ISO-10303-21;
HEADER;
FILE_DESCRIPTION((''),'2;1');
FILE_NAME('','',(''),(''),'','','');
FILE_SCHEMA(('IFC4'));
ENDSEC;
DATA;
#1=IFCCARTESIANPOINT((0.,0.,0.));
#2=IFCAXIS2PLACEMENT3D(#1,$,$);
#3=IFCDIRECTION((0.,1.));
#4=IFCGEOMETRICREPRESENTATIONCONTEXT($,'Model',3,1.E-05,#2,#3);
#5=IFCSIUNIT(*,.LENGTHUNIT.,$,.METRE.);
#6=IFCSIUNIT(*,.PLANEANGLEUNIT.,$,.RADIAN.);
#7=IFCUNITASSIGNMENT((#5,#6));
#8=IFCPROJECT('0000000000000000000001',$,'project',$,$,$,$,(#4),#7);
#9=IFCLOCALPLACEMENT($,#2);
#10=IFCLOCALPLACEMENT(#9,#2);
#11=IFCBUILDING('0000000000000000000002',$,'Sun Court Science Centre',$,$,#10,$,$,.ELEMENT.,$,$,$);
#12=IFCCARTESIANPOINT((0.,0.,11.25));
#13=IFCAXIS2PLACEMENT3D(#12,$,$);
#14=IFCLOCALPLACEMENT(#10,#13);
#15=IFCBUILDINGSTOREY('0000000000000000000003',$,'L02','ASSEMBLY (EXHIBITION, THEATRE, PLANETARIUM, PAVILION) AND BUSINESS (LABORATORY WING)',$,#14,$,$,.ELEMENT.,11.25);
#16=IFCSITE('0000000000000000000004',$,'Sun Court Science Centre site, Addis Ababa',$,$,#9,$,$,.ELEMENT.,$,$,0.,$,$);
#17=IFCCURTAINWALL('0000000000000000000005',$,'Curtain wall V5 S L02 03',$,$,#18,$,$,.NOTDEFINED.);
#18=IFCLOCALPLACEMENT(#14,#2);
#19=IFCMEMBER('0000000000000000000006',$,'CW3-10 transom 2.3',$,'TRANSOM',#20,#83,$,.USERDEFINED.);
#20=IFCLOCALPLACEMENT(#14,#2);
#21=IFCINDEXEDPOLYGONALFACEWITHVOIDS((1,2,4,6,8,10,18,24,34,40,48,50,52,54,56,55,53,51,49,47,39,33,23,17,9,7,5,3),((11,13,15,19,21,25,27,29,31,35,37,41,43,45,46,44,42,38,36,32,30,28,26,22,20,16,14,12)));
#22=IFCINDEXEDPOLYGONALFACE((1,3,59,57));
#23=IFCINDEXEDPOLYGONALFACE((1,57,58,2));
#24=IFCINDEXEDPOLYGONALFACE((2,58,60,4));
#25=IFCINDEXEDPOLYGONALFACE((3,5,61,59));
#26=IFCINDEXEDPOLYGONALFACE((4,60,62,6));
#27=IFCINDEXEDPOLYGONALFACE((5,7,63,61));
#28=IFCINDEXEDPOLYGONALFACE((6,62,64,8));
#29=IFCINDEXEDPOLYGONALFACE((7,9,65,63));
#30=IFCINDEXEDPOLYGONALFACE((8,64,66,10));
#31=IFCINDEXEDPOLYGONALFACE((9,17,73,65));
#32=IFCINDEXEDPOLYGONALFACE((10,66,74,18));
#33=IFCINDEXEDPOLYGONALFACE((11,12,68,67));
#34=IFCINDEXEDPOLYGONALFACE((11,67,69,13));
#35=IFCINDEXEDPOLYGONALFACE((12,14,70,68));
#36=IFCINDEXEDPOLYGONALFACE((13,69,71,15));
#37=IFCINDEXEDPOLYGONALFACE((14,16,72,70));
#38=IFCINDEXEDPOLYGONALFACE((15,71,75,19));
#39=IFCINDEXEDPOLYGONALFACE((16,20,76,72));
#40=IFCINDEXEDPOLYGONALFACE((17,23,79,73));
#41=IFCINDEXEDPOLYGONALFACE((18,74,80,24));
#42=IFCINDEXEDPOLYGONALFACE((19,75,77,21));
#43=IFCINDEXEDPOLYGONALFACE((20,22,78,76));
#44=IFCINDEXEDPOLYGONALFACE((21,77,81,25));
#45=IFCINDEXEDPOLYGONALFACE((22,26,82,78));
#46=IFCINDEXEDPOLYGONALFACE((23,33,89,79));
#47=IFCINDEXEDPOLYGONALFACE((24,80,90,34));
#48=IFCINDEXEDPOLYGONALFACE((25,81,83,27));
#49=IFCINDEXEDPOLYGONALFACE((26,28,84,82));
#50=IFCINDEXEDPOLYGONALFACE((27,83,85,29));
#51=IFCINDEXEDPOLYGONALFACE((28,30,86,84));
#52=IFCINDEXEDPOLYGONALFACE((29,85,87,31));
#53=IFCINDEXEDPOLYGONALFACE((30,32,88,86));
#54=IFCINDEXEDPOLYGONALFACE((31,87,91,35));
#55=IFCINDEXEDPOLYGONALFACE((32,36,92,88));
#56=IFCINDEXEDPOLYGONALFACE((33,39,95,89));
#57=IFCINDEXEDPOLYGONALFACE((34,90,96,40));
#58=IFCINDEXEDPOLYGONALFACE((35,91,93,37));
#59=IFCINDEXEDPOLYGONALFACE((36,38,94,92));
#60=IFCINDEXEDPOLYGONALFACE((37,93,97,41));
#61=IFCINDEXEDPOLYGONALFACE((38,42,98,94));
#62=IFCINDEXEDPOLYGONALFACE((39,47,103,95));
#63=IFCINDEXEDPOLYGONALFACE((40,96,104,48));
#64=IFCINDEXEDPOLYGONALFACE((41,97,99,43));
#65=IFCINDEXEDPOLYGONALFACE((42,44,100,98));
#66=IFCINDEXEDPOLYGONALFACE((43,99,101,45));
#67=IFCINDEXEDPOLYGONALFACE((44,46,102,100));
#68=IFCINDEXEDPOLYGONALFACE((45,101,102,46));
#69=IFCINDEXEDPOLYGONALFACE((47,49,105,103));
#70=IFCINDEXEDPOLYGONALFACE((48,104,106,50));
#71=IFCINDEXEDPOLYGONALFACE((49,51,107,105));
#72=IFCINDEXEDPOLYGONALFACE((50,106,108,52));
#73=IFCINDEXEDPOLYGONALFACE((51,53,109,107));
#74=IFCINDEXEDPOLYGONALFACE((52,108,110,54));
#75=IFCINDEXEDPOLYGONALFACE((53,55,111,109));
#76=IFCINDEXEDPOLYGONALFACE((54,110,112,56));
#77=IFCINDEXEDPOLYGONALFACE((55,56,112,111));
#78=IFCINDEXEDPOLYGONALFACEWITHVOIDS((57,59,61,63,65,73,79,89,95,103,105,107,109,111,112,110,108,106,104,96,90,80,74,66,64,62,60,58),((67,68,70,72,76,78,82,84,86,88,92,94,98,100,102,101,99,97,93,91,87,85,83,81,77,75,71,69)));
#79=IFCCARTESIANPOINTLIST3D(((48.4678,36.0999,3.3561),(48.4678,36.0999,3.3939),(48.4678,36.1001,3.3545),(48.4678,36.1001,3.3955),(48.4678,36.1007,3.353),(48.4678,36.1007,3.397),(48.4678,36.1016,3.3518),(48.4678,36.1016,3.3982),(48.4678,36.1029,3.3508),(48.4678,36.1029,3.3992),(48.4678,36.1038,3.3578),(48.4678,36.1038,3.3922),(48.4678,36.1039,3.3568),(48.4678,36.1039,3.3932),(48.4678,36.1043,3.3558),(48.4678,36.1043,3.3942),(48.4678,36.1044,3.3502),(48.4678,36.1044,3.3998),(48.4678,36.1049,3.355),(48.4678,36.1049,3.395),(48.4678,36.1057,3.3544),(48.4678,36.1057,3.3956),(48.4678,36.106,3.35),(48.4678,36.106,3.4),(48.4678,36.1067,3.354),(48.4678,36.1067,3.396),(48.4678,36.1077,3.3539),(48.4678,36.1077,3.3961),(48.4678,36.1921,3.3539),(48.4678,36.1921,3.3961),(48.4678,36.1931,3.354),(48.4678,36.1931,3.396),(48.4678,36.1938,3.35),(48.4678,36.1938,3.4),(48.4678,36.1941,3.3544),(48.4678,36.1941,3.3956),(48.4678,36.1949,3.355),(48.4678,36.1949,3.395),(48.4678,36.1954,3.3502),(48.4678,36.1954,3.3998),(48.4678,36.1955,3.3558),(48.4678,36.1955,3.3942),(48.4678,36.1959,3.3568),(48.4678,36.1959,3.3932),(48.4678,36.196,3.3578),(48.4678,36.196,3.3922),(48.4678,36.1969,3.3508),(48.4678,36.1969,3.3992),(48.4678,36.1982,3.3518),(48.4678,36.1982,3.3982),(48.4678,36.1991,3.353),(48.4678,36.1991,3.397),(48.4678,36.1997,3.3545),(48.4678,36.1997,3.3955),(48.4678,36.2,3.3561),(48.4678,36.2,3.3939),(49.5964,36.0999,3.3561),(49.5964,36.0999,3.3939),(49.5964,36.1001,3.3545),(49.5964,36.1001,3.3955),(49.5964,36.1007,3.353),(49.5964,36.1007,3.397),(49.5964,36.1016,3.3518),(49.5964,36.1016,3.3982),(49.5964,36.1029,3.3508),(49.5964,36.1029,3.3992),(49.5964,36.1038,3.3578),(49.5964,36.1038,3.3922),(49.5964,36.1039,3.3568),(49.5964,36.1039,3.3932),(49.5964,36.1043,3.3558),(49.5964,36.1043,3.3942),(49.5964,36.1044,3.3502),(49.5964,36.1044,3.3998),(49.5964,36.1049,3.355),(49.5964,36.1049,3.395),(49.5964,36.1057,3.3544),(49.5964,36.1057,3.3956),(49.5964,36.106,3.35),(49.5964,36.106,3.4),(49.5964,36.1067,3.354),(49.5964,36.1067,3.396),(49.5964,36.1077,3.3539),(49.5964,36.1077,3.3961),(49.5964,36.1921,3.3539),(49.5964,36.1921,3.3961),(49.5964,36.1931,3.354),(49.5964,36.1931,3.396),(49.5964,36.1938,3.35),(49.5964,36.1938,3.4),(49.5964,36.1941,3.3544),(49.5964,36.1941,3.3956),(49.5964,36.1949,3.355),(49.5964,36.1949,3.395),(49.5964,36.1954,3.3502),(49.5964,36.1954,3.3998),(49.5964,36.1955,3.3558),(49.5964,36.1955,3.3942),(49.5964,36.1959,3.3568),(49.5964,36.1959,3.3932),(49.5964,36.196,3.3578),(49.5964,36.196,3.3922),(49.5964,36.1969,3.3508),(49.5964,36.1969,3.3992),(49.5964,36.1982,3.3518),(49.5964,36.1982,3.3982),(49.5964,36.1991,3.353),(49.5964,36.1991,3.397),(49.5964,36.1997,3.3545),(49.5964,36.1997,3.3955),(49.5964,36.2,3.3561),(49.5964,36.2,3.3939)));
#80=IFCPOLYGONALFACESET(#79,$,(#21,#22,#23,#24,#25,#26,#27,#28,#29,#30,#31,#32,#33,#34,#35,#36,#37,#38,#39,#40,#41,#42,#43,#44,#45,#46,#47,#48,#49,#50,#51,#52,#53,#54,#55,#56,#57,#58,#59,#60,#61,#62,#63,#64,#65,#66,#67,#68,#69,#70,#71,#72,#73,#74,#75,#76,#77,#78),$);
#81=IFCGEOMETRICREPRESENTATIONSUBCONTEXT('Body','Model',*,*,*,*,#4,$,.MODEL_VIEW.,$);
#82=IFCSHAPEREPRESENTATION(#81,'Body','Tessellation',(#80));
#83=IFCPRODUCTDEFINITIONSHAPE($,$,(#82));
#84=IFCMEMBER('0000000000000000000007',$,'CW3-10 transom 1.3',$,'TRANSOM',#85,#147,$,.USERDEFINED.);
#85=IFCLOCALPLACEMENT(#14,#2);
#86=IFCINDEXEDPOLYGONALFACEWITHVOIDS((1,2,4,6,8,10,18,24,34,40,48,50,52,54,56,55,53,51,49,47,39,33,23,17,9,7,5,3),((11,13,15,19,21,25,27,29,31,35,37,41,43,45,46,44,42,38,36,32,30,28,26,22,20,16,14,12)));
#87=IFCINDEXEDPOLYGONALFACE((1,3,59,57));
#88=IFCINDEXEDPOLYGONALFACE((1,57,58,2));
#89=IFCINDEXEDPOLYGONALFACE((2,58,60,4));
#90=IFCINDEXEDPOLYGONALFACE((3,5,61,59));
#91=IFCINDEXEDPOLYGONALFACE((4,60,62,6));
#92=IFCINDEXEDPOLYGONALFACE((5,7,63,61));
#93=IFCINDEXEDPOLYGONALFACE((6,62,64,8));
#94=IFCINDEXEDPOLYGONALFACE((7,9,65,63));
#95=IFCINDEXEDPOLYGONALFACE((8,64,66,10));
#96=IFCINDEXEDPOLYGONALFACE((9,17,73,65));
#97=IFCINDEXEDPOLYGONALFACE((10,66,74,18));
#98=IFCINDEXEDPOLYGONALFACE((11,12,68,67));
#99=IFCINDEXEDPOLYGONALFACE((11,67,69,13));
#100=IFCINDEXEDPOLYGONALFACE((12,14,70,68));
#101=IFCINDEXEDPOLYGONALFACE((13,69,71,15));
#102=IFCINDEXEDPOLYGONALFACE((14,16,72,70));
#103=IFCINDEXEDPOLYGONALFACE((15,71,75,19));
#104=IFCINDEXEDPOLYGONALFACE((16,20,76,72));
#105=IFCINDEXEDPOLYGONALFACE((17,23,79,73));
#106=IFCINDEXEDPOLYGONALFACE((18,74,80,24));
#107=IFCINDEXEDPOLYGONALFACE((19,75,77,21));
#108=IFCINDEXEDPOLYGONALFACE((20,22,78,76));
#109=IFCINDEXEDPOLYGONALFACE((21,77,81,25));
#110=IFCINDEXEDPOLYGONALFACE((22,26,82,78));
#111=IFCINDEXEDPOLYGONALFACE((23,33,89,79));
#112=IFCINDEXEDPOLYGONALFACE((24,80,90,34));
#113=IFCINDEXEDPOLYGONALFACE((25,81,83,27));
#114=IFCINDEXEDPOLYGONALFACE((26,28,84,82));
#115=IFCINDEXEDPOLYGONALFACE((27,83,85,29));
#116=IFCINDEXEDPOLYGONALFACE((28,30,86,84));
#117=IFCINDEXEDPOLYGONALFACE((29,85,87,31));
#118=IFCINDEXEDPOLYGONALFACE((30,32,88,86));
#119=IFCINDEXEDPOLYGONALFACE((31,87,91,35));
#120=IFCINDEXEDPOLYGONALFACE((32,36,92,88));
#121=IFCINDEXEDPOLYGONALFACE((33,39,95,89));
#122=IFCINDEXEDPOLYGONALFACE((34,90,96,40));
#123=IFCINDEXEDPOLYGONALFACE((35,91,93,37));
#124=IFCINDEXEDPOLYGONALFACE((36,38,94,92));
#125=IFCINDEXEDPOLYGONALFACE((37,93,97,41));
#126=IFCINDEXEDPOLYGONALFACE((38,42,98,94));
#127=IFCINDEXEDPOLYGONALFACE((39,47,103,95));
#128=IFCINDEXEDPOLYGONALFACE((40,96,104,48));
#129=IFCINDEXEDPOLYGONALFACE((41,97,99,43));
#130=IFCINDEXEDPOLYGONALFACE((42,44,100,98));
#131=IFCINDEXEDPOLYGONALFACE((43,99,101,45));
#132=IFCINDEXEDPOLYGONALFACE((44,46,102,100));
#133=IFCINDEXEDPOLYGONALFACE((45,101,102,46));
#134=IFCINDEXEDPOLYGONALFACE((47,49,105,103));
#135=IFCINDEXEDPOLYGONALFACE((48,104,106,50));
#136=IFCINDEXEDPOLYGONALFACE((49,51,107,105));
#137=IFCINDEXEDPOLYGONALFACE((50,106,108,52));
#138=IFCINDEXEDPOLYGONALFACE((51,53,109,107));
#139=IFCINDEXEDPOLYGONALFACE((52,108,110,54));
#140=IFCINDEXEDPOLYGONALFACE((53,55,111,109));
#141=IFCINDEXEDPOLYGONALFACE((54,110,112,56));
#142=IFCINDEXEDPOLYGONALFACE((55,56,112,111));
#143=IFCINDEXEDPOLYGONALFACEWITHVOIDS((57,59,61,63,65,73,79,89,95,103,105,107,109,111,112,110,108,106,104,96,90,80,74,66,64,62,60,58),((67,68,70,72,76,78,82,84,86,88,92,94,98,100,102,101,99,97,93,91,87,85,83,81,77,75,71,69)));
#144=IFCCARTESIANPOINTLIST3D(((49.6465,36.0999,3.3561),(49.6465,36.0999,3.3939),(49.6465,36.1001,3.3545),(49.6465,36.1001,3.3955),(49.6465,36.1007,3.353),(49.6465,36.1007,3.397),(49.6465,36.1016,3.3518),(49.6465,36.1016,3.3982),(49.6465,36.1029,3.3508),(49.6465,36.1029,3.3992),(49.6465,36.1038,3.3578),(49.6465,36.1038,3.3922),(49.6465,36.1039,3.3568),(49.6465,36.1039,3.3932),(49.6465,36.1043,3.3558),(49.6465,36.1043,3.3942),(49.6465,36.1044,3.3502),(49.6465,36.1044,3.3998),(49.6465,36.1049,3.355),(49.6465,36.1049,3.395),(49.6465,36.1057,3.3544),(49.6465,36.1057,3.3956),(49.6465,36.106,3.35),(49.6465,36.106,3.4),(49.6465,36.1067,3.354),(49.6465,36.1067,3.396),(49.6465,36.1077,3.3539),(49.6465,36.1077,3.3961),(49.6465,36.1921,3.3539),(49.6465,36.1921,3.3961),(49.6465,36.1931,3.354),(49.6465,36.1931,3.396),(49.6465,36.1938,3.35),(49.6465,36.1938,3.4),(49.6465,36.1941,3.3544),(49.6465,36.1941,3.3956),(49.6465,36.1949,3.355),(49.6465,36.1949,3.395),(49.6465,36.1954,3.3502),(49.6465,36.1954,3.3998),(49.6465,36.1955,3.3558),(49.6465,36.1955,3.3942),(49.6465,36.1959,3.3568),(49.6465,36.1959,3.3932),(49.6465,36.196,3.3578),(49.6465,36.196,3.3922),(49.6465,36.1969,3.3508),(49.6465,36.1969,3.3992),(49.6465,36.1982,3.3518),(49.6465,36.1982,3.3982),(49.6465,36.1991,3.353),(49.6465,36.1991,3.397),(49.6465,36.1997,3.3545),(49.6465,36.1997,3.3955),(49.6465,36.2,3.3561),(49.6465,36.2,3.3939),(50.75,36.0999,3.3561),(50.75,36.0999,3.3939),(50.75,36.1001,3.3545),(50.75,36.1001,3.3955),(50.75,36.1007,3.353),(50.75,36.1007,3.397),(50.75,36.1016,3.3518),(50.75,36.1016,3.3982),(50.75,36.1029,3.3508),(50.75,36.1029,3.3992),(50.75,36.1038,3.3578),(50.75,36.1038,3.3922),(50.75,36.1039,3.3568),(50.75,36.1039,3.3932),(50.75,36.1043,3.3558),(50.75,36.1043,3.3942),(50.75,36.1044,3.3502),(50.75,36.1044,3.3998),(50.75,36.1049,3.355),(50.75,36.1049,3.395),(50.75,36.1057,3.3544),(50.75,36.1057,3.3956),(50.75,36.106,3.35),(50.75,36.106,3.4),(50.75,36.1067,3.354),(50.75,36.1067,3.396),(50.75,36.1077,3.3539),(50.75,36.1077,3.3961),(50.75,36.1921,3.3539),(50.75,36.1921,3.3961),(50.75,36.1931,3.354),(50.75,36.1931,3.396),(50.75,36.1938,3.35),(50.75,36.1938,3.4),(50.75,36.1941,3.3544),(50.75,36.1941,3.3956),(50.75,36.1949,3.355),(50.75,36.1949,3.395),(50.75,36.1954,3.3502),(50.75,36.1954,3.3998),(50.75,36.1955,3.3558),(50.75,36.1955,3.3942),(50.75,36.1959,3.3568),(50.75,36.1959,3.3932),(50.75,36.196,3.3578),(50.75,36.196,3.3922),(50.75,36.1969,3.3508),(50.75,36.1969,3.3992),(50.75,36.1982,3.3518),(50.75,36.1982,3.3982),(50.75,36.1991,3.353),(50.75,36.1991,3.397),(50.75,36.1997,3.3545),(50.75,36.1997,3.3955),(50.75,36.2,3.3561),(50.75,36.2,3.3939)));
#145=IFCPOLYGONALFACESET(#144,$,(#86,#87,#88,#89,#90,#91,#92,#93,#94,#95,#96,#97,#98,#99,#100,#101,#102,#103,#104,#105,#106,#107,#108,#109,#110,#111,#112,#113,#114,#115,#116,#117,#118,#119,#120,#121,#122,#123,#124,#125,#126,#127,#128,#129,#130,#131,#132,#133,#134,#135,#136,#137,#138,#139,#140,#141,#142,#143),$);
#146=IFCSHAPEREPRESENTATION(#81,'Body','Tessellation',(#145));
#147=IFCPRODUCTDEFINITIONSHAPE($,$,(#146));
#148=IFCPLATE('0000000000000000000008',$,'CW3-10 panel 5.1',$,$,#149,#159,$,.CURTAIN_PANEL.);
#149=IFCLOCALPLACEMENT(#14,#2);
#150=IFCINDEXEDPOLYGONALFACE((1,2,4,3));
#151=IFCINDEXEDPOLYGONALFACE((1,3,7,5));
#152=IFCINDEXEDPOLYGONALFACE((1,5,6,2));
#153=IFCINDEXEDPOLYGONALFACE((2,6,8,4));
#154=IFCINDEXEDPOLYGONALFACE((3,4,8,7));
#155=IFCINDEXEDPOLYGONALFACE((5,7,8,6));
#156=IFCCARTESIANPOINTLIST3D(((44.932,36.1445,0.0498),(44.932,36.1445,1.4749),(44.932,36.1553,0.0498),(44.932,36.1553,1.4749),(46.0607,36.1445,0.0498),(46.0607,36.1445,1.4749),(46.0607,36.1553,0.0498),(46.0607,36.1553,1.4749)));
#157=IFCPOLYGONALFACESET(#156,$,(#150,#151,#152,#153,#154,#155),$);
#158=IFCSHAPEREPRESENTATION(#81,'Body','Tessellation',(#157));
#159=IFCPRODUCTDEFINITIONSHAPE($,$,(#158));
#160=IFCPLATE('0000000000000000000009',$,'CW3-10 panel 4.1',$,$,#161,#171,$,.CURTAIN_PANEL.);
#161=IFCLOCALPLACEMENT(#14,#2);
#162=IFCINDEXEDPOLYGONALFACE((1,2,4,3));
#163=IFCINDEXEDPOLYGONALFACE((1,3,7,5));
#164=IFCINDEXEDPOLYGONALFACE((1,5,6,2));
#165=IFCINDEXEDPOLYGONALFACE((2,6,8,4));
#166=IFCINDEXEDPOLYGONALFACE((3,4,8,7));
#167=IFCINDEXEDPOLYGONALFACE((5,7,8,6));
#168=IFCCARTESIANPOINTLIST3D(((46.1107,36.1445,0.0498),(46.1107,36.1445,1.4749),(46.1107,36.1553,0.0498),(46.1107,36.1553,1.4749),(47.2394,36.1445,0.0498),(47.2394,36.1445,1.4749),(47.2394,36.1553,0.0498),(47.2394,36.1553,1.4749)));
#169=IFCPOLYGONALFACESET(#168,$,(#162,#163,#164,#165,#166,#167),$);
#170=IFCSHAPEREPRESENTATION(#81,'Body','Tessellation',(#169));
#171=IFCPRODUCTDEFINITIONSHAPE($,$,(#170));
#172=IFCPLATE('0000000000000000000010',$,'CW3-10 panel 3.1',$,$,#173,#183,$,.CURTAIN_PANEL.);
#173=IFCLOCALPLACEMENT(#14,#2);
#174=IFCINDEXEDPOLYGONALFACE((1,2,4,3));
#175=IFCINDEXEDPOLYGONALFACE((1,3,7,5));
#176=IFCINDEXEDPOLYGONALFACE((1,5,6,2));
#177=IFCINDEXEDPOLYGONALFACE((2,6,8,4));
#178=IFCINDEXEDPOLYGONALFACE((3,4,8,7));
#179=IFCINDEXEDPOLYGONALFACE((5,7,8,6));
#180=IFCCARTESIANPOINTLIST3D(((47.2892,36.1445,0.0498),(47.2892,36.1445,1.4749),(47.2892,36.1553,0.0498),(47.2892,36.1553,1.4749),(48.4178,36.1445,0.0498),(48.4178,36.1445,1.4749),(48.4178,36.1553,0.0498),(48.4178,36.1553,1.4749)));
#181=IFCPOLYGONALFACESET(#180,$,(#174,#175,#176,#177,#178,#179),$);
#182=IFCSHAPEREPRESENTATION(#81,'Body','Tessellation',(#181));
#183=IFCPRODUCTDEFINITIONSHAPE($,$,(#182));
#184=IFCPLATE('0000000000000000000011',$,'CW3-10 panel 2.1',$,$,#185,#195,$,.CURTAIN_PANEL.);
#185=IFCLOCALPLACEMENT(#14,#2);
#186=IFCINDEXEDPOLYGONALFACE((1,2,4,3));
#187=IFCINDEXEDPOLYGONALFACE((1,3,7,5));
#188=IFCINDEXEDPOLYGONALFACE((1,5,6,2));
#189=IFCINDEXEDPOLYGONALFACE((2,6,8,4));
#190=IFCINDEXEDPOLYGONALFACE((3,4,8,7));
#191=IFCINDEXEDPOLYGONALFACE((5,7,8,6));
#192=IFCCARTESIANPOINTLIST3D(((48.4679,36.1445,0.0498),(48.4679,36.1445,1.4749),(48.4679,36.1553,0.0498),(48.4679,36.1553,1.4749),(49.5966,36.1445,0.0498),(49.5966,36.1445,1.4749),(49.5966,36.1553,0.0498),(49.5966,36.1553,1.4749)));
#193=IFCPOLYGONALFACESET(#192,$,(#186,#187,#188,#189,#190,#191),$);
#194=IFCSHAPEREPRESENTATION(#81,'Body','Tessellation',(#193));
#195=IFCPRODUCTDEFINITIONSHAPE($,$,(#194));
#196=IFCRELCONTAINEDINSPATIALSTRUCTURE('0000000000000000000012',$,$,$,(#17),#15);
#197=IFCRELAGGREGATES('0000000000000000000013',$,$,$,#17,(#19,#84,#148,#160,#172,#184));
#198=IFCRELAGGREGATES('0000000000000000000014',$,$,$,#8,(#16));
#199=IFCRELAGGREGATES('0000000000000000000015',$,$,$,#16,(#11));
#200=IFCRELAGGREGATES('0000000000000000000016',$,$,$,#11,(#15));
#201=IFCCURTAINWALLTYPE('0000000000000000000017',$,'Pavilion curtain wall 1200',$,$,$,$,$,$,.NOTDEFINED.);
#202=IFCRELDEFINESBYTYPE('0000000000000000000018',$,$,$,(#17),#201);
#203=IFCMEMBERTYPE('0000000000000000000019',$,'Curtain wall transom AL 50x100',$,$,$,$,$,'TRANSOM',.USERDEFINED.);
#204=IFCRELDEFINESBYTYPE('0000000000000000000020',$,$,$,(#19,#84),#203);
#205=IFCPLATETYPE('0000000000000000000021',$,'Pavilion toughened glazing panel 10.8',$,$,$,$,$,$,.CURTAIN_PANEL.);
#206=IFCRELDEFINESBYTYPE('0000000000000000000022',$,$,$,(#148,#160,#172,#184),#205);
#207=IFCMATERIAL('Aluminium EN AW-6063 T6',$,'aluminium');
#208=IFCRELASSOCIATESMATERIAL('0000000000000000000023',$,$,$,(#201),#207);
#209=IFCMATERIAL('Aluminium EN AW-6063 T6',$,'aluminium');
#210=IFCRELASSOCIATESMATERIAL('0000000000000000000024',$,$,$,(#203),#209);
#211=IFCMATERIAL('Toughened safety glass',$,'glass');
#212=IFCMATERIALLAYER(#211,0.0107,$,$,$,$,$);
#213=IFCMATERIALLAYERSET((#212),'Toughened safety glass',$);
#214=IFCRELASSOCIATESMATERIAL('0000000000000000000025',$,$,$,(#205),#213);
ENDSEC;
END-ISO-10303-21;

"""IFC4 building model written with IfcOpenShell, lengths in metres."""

from ifc_helpers import new_model, si_unit, direction, frame, origin, origin_2d, place, context, subcontext, project, spatial, rectangle, hollow_rectangle, extrude, material, layer, layer_set, material_profile, profile_set, type_object, element, aggregate, save


model = new_model("IFC4")

# Units and contexts
model_context = context("Model", 3, precision=1e-05, world=origin(), true_north=direction((0.0, 1.0)))
body_context = subcontext(model_context, "Body", "Model", "MODEL_VIEW")
ifc_project = project(units=[si_unit("LENGTHUNIT", "METRE"), si_unit("PLANEANGLEUNIT", "RADIAN")], contexts=[model_context])

# Site, building, storey
site_placement = place(None, origin())
site = spatial("IfcSite", under=ifc_project, at=site_placement, Name="Sun Court Science Centre site, Addis Ababa", CompositionType="ELEMENT", RefElevation=0.0)
building_placement = place(site_placement, origin())
building = spatial("IfcBuilding", under=site, at=building_placement, Name="Sun Court Science Centre", CompositionType="ELEMENT")
storey_placement = place(building_placement, frame((0.0, 0.0, 11.25)))
storey = spatial("IfcBuildingStorey", under=building, at=storey_placement, Name="L02", Description="ASSEMBLY (EXHIBITION, THEATRE, PLANETARIUM, PAVILION) AND BUSINESS (LABORATORY WING)", CompositionType="ELEMENT", Elevation=11.25)

# Curtain wall, members, plates
ifc_material_1 = material(Name="Aluminium EN AW-6063 T6", Category="aluminium")
curtain_wall_type = type_object("IfcCurtainWallType", Name="Pavilion curtain wall 1200", PredefinedType="NOTDEFINED", material=ifc_material_1)
curtain_wall_placement = place(storey_placement, origin())
curtain_wall = element("IfcCurtainWall", 1, at=curtain_wall_placement, inside=storey, type_object=curtain_wall_type, Name="Curtain wall V5 S L02 03", PredefinedType="NOTDEFINED")
ifc_material_2 = material(Name="Aluminium EN AW-6063 T6", Category="aluminium")
ifc_material_profile_1 = material_profile(ifc_material_2, hollow_rectangle(XDim=0.05, YDim=0.1001, WallThickness=0.0039, InnerFilletRadius=0.0039, OuterFilletRadius=0.0061, at=origin_2d()), Name="AL 50x100x4")
ifc_profile_set_1 = profile_set([ifc_material_profile_1], Name="Aluminium EN AW-6063 T6")
member_type_1 = type_object("IfcMemberType", Name="Curtain wall transom AL 50x100", ElementType="TRANSOM", PredefinedType="USERDEFINED", material=ifc_profile_set_1)
member_1_placement = place(storey_placement, frame((49.5964, 36.1499, 3.375), z_axis=(-1.0, 0.0, 0.0), x_axis=(0.0, 0.0, 1.0)))
member_1 = element("IfcMember", 2, at=member_1_placement, type_object=member_type_1, Name="CW3-10 transom 2.3", ObjectType="TRANSOM", PredefinedType="USERDEFINED", context=body_context, shape_type="SweptSolid", body=[
    extrude(hollow_rectangle(XDim=0.05, YDim=0.1001, WallThickness=0.0039, InnerFilletRadius=0.0039, OuterFilletRadius=0.0061, at=origin_2d()), origin(), (0.0, 0.0, 1.0), 1.1287),
])
member_2_placement = place(storey_placement, frame((50.75, 36.1499, 3.375), z_axis=(-1.0, 0.0, 0.0), x_axis=(0.0, 0.0, 1.0)))
member_2 = element("IfcMember", 3, at=member_2_placement, type_object=member_type_1, Name="CW3-10 transom 1.3", ObjectType="TRANSOM", PredefinedType="USERDEFINED", context=body_context, shape_type="SweptSolid", body=[
    extrude(hollow_rectangle(XDim=0.05, YDim=0.1001, WallThickness=0.0039, InnerFilletRadius=0.0039, OuterFilletRadius=0.0061, at=origin_2d()), origin(), (0.0, 0.0, 1.0), 1.1035),
])
ifc_material_3 = material(Name="Toughened safety glass", Category="glass")
ifc_layer = layer(ifc_material_3, 0.0107)
ifc_layer_set = layer_set([ifc_layer], Name="Toughened safety glass")
plate_type = type_object("IfcPlateType", Name="Pavilion toughened glazing panel 10.8", PredefinedType="CURTAIN_PANEL", material=ifc_layer_set)
plate_1_placement = place(storey_placement, frame((45.4963, 36.1499, 0.0498), z_axis=(0.0, 0.0, 1.0), x_axis=(-1.0, 0.0, 0.0)))
plate_1 = element("IfcPlate", 4, at=plate_1_placement, type_object=plate_type, Name="CW3-10 panel 5.1", PredefinedType="CURTAIN_PANEL", context=body_context, shape_type="SweptSolid", body=[
    extrude(rectangle(XDim=1.1287, YDim=0.0107, at=origin_2d()), origin(), (0.0, 0.0, 1.0), 1.425),
])
plate_2_placement = place(storey_placement, frame((46.675, 36.1499, 0.0498), z_axis=(0.0, 0.0, 1.0), x_axis=(-1.0, 0.0, 0.0)))
plate_2 = element("IfcPlate", 5, at=plate_2_placement, type_object=plate_type, Name="CW3-10 panel 4.1", PredefinedType="CURTAIN_PANEL", context=body_context, shape_type="SweptSolid", body=[
    extrude(rectangle(XDim=1.1287, YDim=0.0107, at=origin_2d()), origin(), (0.0, 0.0, 1.0), 1.425),
])
plate_3_placement = place(storey_placement, frame((47.8535, 36.1499, 0.0498), z_axis=(0.0, 0.0, 1.0), x_axis=(-1.0, 0.0, 0.0)))
plate_3 = element("IfcPlate", 6, at=plate_3_placement, type_object=plate_type, Name="CW3-10 panel 3.1", PredefinedType="CURTAIN_PANEL", context=body_context, shape_type="SweptSolid", body=[
    extrude(rectangle(XDim=1.1287, YDim=0.0107, at=origin_2d()), origin(), (0.0, 0.0, 1.0), 1.425),
])
plate_4_placement = place(storey_placement, frame((49.0322, 36.1499, 0.0498), z_axis=(0.0, 0.0, 1.0), x_axis=(-1.0, 0.0, 0.0)))
plate_4 = element("IfcPlate", 7, at=plate_4_placement, type_object=plate_type, Name="CW3-10 panel 2.1", PredefinedType="CURTAIN_PANEL", context=body_context, shape_type="SweptSolid", body=[
    extrude(rectangle(XDim=1.1287, YDim=0.0107, at=origin_2d()), origin(), (0.0, 0.0, 1.0), 1.425),
])
aggregate(curtain_wall, [member_1, member_2, plate_1, plate_2, plate_3, plate_4])

save(model, "model.ifc")
